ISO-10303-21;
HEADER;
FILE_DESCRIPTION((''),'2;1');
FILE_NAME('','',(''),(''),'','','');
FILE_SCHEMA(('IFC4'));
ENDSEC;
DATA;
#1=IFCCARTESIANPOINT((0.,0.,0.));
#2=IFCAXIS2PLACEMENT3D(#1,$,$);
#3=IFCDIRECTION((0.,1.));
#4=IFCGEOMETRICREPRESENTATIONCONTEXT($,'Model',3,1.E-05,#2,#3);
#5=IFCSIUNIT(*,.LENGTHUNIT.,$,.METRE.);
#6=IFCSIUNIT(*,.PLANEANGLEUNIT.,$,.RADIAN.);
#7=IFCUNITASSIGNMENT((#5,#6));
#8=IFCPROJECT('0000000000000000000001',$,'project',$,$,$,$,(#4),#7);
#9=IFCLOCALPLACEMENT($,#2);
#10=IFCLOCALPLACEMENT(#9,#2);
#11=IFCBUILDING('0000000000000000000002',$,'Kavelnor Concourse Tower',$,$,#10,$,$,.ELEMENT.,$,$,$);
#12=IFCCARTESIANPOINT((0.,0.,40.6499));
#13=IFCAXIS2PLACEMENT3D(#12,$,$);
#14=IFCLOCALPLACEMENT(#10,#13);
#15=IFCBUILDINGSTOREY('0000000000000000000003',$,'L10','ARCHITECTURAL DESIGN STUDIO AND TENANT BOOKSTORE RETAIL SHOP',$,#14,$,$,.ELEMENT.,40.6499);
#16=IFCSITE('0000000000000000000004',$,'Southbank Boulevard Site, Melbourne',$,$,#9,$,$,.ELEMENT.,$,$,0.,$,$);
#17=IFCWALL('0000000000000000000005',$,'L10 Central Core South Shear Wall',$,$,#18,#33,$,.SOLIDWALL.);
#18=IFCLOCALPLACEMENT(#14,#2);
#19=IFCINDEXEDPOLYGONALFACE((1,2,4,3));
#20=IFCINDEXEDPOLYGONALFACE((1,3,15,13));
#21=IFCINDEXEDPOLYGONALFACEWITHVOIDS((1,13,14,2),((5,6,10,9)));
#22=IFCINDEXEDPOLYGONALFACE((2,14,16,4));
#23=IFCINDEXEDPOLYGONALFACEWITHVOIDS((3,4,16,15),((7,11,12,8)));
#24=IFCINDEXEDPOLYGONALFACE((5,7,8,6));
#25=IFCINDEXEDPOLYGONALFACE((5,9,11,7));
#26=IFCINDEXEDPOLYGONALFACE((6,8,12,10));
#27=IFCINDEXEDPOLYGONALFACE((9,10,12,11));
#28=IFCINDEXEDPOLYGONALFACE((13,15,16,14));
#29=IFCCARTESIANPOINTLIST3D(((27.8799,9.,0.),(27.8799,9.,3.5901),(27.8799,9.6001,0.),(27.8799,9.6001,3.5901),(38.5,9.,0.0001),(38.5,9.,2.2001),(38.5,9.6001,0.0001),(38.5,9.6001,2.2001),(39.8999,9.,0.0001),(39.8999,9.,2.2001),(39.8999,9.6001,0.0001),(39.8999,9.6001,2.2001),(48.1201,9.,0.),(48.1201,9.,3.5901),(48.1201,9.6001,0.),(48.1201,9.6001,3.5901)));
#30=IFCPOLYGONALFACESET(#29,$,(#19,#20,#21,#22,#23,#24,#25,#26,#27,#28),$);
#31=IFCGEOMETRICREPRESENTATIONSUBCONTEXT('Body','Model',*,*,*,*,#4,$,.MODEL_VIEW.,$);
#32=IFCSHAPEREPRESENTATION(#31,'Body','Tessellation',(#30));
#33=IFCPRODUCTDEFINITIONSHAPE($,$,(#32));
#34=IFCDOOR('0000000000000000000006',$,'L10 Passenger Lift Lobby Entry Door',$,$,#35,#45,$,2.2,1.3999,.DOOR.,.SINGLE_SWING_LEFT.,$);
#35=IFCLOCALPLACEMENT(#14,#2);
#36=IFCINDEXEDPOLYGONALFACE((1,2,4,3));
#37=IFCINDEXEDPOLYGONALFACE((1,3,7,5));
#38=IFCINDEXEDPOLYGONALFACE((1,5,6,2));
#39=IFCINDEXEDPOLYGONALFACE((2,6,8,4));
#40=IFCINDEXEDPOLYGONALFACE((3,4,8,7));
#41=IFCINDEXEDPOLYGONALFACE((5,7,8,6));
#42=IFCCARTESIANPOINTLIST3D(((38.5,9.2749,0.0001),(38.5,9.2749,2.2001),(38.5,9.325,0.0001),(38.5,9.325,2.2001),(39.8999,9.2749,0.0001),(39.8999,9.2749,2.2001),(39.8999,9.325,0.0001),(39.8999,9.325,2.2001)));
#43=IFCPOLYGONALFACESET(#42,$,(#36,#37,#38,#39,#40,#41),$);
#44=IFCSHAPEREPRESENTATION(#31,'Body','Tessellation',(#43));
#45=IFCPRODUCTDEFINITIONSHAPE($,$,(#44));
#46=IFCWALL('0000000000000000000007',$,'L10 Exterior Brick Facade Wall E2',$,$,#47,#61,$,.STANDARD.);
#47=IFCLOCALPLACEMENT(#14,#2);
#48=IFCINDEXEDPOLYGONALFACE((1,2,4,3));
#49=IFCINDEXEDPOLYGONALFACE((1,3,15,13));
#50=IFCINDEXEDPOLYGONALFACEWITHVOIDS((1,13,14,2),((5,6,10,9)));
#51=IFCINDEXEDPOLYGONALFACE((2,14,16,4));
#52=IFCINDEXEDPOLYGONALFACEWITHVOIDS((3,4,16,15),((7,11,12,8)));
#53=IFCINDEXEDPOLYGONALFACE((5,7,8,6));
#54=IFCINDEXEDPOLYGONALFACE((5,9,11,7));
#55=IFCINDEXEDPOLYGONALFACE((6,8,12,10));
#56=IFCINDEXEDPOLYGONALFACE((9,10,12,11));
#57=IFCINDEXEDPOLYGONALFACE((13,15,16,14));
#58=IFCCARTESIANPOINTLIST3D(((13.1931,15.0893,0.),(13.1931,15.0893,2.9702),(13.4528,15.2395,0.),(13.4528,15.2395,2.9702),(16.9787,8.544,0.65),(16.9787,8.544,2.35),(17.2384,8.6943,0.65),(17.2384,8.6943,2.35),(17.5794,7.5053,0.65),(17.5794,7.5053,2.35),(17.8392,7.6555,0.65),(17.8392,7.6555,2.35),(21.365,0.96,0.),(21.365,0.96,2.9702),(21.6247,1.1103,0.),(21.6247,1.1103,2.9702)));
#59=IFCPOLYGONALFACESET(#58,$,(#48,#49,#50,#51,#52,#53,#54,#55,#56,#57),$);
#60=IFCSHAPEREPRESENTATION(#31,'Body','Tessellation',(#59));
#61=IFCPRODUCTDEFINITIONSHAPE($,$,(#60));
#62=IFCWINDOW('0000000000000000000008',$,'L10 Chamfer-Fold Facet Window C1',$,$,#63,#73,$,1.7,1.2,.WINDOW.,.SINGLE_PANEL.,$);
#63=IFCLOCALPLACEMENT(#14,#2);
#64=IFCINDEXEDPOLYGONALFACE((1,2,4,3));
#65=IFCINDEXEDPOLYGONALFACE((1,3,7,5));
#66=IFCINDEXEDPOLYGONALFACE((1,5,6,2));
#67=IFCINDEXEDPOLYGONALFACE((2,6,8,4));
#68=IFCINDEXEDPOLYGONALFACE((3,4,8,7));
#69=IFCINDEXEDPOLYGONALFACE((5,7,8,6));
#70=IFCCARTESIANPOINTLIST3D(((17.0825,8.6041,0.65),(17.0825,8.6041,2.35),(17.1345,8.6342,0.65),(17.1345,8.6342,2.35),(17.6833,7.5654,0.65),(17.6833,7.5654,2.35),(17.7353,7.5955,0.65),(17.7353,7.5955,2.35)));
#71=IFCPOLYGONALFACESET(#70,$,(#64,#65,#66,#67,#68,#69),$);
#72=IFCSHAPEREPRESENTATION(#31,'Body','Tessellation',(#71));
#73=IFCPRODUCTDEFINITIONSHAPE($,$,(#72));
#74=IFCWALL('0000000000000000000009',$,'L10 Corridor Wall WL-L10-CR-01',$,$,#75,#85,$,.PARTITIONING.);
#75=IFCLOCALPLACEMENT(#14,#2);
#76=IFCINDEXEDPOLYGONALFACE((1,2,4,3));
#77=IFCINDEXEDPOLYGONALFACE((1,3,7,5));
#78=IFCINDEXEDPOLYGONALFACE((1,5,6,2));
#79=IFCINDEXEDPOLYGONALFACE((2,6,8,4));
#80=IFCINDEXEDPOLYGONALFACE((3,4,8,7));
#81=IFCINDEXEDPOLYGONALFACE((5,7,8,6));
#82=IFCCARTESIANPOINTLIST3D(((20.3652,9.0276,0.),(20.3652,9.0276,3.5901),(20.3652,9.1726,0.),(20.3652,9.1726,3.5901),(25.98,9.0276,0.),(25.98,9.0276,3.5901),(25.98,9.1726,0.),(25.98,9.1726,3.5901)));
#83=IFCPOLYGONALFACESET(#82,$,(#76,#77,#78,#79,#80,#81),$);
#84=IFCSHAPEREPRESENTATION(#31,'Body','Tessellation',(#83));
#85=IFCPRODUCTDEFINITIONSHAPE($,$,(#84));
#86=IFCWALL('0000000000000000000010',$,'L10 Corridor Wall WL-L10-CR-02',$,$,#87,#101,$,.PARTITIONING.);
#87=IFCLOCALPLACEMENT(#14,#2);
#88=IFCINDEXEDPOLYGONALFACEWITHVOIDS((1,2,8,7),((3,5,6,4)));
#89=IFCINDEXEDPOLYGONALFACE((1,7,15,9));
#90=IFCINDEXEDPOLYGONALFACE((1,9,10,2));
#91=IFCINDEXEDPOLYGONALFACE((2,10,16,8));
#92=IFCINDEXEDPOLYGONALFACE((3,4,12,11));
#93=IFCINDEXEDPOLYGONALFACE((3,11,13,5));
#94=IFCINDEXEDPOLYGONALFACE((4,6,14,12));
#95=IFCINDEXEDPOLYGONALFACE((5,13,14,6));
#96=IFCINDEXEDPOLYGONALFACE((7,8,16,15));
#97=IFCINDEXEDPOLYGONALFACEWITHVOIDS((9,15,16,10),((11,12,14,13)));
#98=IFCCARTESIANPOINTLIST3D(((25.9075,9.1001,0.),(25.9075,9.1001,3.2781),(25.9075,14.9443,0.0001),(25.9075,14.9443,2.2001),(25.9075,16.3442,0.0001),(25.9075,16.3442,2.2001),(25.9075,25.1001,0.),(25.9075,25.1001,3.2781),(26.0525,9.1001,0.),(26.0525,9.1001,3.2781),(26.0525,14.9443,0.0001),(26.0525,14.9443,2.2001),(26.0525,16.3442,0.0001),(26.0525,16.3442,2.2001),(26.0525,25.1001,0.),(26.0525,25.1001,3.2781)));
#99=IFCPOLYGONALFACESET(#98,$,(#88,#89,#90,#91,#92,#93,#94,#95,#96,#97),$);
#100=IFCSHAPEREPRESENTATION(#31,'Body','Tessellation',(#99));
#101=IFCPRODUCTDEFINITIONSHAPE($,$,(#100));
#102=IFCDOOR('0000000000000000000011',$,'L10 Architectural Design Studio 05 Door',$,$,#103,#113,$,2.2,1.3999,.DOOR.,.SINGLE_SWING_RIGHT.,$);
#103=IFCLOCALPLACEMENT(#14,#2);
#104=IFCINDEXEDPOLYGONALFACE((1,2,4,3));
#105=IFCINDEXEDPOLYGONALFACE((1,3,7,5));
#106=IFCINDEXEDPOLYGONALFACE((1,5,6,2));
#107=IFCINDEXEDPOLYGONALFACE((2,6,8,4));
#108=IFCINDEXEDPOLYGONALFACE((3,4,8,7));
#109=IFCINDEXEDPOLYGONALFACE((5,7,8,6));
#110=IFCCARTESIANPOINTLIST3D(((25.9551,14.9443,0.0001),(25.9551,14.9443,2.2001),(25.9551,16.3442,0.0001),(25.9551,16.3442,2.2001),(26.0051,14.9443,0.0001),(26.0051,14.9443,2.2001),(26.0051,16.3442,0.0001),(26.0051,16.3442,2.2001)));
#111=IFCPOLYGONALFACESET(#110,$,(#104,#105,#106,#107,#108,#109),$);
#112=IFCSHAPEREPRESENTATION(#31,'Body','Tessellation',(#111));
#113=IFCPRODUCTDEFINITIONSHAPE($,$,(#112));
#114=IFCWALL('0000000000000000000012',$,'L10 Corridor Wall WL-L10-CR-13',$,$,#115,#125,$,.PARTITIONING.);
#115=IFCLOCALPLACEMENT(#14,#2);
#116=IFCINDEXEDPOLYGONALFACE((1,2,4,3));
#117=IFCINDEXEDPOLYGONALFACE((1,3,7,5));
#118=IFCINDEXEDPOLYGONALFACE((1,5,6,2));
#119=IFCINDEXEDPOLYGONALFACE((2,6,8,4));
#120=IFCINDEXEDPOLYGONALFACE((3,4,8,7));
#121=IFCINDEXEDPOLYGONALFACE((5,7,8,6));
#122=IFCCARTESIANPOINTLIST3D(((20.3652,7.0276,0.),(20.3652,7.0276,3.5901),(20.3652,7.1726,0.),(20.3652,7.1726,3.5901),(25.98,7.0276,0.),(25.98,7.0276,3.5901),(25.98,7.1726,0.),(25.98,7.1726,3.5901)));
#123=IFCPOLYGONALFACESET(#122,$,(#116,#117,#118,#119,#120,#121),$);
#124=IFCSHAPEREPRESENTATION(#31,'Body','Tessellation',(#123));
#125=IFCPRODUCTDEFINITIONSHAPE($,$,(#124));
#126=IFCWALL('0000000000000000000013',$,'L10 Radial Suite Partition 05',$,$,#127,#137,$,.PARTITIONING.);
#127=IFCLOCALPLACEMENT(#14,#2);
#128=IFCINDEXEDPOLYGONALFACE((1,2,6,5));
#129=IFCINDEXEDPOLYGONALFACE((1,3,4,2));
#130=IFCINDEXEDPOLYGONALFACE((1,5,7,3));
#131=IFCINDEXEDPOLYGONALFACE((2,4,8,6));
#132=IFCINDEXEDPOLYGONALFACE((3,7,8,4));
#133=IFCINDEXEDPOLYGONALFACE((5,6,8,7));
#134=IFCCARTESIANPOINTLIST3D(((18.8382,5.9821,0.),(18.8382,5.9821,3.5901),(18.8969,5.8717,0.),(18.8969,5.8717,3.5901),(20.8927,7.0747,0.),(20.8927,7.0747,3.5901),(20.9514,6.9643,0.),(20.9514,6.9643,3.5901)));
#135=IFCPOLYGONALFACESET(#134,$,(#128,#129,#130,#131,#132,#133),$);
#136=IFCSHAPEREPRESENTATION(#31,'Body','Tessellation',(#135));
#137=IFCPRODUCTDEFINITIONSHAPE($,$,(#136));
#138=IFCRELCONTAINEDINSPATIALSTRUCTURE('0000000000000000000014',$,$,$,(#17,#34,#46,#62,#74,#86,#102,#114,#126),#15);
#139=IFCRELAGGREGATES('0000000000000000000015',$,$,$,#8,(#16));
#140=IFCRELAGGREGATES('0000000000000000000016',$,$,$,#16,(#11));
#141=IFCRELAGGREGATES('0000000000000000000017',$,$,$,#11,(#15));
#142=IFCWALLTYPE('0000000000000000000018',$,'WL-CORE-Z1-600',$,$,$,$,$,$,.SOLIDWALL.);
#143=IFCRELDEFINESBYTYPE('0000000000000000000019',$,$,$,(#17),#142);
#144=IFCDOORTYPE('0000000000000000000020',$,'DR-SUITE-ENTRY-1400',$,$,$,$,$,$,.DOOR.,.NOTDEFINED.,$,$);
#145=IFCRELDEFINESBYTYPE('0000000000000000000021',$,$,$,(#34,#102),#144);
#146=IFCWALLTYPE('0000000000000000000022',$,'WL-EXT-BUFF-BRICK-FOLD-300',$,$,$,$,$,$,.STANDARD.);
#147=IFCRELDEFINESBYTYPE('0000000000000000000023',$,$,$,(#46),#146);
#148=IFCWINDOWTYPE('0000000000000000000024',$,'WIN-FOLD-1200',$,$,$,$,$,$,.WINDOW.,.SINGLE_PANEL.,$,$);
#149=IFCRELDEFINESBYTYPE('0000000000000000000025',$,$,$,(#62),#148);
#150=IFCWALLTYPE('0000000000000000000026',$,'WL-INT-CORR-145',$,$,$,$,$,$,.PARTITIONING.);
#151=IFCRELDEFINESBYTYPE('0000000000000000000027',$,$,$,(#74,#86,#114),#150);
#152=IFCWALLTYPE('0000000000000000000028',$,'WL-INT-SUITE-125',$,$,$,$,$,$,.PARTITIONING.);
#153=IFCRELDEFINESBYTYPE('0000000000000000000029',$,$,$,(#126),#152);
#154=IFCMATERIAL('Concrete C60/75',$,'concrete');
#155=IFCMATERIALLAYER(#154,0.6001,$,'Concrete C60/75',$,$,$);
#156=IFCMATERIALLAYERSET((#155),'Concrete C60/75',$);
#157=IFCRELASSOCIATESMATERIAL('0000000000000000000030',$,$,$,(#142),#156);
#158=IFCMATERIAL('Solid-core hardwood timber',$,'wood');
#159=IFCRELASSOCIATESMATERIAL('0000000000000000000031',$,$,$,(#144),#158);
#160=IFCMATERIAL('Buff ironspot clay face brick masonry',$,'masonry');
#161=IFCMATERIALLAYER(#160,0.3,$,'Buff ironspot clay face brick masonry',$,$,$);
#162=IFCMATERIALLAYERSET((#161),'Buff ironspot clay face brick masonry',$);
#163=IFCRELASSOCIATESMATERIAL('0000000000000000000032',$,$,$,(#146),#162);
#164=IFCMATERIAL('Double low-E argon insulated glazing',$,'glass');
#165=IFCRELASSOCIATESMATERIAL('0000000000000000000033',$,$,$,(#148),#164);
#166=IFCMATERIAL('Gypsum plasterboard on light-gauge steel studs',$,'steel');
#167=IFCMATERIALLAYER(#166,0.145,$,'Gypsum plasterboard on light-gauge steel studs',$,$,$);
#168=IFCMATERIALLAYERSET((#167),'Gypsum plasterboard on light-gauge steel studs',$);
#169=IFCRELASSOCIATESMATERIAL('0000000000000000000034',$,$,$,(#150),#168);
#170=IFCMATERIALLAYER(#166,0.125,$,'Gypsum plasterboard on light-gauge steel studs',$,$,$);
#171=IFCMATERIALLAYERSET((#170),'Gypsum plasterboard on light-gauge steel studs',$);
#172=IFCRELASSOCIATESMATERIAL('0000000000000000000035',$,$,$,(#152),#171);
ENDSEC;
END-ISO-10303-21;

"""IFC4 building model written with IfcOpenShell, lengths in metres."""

from ifc_helpers import new_model, si_unit, direction, frame, frame_2d, origin, place, context, subcontext, project, spatial, rectangle, extrude, material, layer, layer_set, type_object, element, fill, save


model = new_model("IFC4")

# Units and contexts
model_context = context("Model", 3, precision=1e-05, world=origin(), true_north=direction((0.0, 1.0)))
body_context = subcontext(model_context, "Body", "Model", "MODEL_VIEW")
ifc_project = project(units=[si_unit("LENGTHUNIT", "METRE"), si_unit("PLANEANGLEUNIT", "RADIAN")], contexts=[model_context])

# Site, building, storey
site_placement = place(None, origin())
site = spatial("IfcSite", under=ifc_project, at=site_placement, Name="Southbank Boulevard Site, Melbourne", CompositionType="ELEMENT", RefElevation=0.0)
building_placement = place(site_placement, origin())
building = spatial("IfcBuilding", under=site, at=building_placement, Name="Kavelnor Concourse Tower", CompositionType="ELEMENT")
storey_placement = place(building_placement, frame((0.0, 0.0, 40.6499)))
storey = spatial("IfcBuildingStorey", under=building, at=storey_placement, Name="L10", Description="ARCHITECTURAL DESIGN STUDIO AND TENANT BOOKSTORE RETAIL SHOP", CompositionType="ELEMENT", Elevation=40.6499)

# Wall, opening, door
ifc_material_1 = material(Name="Concrete C60/75", Category="concrete")
ifc_layer_1 = layer(ifc_material_1, 0.6001, Name="Concrete C60/75")
ifc_layer_set_1 = layer_set([ifc_layer_1], Name="Concrete C60/75")
wall_type_1 = type_object("IfcWallType", Name="WL-CORE-Z1-600", PredefinedType="SOLIDWALL", material=ifc_layer_set_1)
wall_1_placement = place(storey_placement, frame((27.8799, 9.3, 0.0), z_axis=(0.0, 0.0, 1.0), x_axis=(1.0, 0.0, 0.0)))
wall_1 = element("IfcWall", 1, at=wall_1_placement, inside=storey, type_object=wall_type_1, Name="L10 Central Core South Shear Wall", PredefinedType="SOLIDWALL", context=body_context, shape_type="SweptSolid", body=[
    extrude(rectangle(XDim=20.2402, YDim=0.6001, at=frame_2d((10.1201, 0.0))), origin(), (0.0, 0.0, 1.0), 3.5901),
])
opening_1_placement = place(wall_1_placement, frame((10.6201, 0.0, 0.0)))
opening_1 = element("IfcOpeningElement", 2, at=opening_1_placement, cuts=wall_1, PredefinedType="OPENING", context=body_context, shape_type="SweptSolid", body=[
    extrude(rectangle(XDim=1.3999, YDim=2.2, at=frame_2d((0.7, 1.1001))), frame((0.0, 0.3101, 0.0), z_axis=(0.0, -1.0, 0.0), x_axis=(1.0, 0.0, 0.0)), (0.0, 0.0, 1.0), 0.6201),
])
ifc_material_2 = material(Name="Solid-core hardwood timber", Category="wood")
door_type = type_object("IfcDoorType", Name="DR-SUITE-ENTRY-1400", OperationType="NOTDEFINED", PredefinedType="DOOR", material=ifc_material_2)
door_1_placement = place(opening_1_placement, origin())
door_1 = element("IfcDoor", 3, at=door_1_placement, inside=storey, type_object=door_type, Name="L10 Passenger Lift Lobby Entry Door", OperationType="SINGLE_SWING_LEFT", OverallHeight=2.2, OverallWidth=1.3999, PredefinedType="DOOR", context=body_context, shape_type="SweptSolid", body=[
    extrude(rectangle(XDim=1.3999, YDim=2.2, at=frame_2d((0.7, 1.1001))), frame((0.0, 0.0249, 0.0), z_axis=(0.0, -1.0, 0.0), x_axis=(1.0, 0.0, 0.0)), (0.0, 0.0, 1.0), 0.05),
])
fill(opening_1, door_1)

# Wall, opening, window
ifc_material_3 = material(Name="Buff ironspot clay face brick masonry", Category="masonry")
ifc_layer_2 = layer(ifc_material_3, 0.3, Name="Buff ironspot clay face brick masonry")
ifc_layer_set_2 = layer_set([ifc_layer_2], Name="Buff ironspot clay face brick masonry")
wall_type_2 = type_object("IfcWallType", Name="WL-EXT-BUFF-BRICK-FOLD-300", PredefinedType="STANDARD", material=ifc_layer_set_2)
wall_2_placement = place(storey_placement, frame((21.4949, 1.0352, 0.0), z_axis=(0.0, 0.0, 1.0), x_axis=(-0.500662, 0.865643, 0.0)))
wall_2 = element("IfcWall", 4, at=wall_2_placement, inside=storey, type_object=wall_type_2, Name="L10 Exterior Brick Facade Wall E2", PredefinedType="STANDARD", context=body_context, shape_type="SweptSolid", body=[
    extrude(rectangle(XDim=16.3223, YDim=0.3, at=frame_2d((8.1611, 0.0))), origin(), (0.0, 0.0, 1.0), 2.9702),
])
opening_2_placement = place(wall_2_placement, frame((7.561, 0.0, 0.6499)))
opening_2 = element("IfcOpeningElement", 5, at=opening_2_placement, cuts=wall_2, PredefinedType="OPENING", context=body_context, shape_type="SweptSolid", body=[
    extrude(rectangle(XDim=1.2, YDim=1.7, at=frame_2d((0.6001, 0.8501))), frame((0.0, 0.1602, 0.0), z_axis=(0.0, -1.0, 0.0), x_axis=(1.0, 0.0, 0.0)), (0.0, 0.0, 1.0), 0.3201),
])
ifc_material_4 = material(Name="Double low-E argon insulated glazing", Category="glass")
window_type = type_object("IfcWindowType", Name="WIN-FOLD-1200", PartitioningType="SINGLE_PANEL", PredefinedType="WINDOW", material=ifc_material_4)
window_placement = place(opening_2_placement, origin())
window = element("IfcWindow", 6, at=window_placement, inside=storey, type_object=window_type, Name="L10 Chamfer-Fold Facet Window C1", OverallHeight=1.7, OverallWidth=1.2, PartitioningType="SINGLE_PANEL", PredefinedType="WINDOW", context=body_context, shape_type="SweptSolid", body=[
    extrude(rectangle(XDim=1.2, YDim=1.7, at=frame_2d((0.6001, 0.8501))), frame((0.0, 0.03, 0.0), z_axis=(0.0, -1.0, 0.0), x_axis=(1.0, 0.0, 0.0)), (0.0, 0.0, 1.0), 0.0601),
])
fill(opening_2, window)

# Wall
ifc_material_5 = material(Name="Gypsum plasterboard on light-gauge steel studs", Category="steel")
ifc_layer_3 = layer(ifc_material_5, 0.145, Name="Gypsum plasterboard on light-gauge steel studs")
ifc_layer_set_3 = layer_set([ifc_layer_3], Name="Gypsum plasterboard on light-gauge steel studs")
wall_type_3 = type_object("IfcWallType", Name="WL-INT-CORR-145", PredefinedType="PARTITIONING", material=ifc_layer_set_3)
wall_3_placement = place(storey_placement, frame((20.3652, 9.1001, 0.0), z_axis=(0.0, 0.0, 1.0), x_axis=(1.0, 0.0, 0.0)))
element("IfcWall", 7, at=wall_3_placement, inside=storey, type_object=wall_type_3, Name="L10 Corridor Wall WL-L10-CR-01", PredefinedType="PARTITIONING", context=body_context, shape_type="SweptSolid", body=[
    extrude(rectangle(XDim=5.6147, YDim=0.145, at=frame_2d((2.8074, 0.0))), origin(), (0.0, 0.0, 1.0), 3.5901),
])

# Wall, opening, door
wall_4_placement = place(storey_placement, frame((25.98, 9.1001, 0.0), z_axis=(0.0, 0.0, 1.0), x_axis=(0.0, 1.0, 0.0)))
wall_4 = element("IfcWall", 8, at=wall_4_placement, inside=storey, type_object=wall_type_3, Name="L10 Corridor Wall WL-L10-CR-02", PredefinedType="PARTITIONING", context=body_context, shape_type="SweptSolid", body=[
    extrude(rectangle(XDim=16.0, YDim=0.145, at=frame_2d((8.0, 0.0))), origin(), (0.0, 0.0, 1.0), 3.2781),
])
opening_3_placement = place(wall_4_placement, frame((5.8442, 0.0, 0.0)))
opening_3 = element("IfcOpeningElement", 9, at=opening_3_placement, cuts=wall_4, PredefinedType="OPENING", context=body_context, shape_type="SweptSolid", body=[
    extrude(rectangle(XDim=1.3999, YDim=2.2, at=frame_2d((0.7, 1.1001))), frame((0.0, 0.0825, 0.0), z_axis=(0.0, -1.0, 0.0), x_axis=(1.0, 0.0, 0.0)), (0.0, 0.0, 1.0), 0.165),
])
door_2_placement = place(opening_3_placement, origin())
door_2 = element("IfcDoor", 10, at=door_2_placement, inside=storey, type_object=door_type, Name="L10 Architectural Design Studio 05 Door", OperationType="SINGLE_SWING_RIGHT", OverallHeight=2.2, OverallWidth=1.3999, PredefinedType="DOOR", context=body_context, shape_type="SweptSolid", body=[
    extrude(rectangle(XDim=1.3999, YDim=2.2, at=frame_2d((0.7, 1.1001))), frame((0.0, 0.0249, 0.0), z_axis=(0.0, -1.0, 0.0), x_axis=(1.0, 0.0, 0.0)), (0.0, 0.0, 1.0), 0.05),
])
fill(opening_3, door_2)

# Walls
wall_5_placement = place(storey_placement, frame((25.98, 7.1001, 0.0), z_axis=(0.0, 0.0, 1.0), x_axis=(-1.0, 0.0, 0.0)))
element("IfcWall", 11, at=wall_5_placement, inside=storey, type_object=wall_type_3, Name="L10 Corridor Wall WL-L10-CR-13", PredefinedType="PARTITIONING", context=body_context, shape_type="SweptSolid", body=[
    extrude(rectangle(XDim=5.6147, YDim=0.145, at=frame_2d((2.8074, 0.0))), origin(), (0.0, 0.0, 1.0), 3.5901),
])
ifc_layer_4 = layer(ifc_material_5, 0.125, Name="Gypsum plasterboard on light-gauge steel studs")
ifc_layer_set_4 = layer_set([ifc_layer_4], Name="Gypsum plasterboard on light-gauge steel studs")
wall_type_4 = type_object("IfcWallType", Name="WL-INT-SUITE-125", PredefinedType="PARTITIONING", material=ifc_layer_set_4)
wall_6_placement = place(storey_placement, frame((20.9221, 7.0195, 0.0), z_axis=(0.0, 0.0, 1.0), x_axis=(-0.882919, -0.469526, 0.0)))
element("IfcWall", 12, at=wall_6_placement, inside=storey, type_object=wall_type_4, Name="L10 Radial Suite Partition 05", PredefinedType="PARTITIONING", context=body_context, shape_type="SweptSolid", body=[
    extrude(rectangle(XDim=2.3269, YDim=0.125, at=frame_2d((1.1636, 0.0))), origin(), (0.0, 0.0, 1.0), 3.5901),
])

save(model, "model.ifc")
